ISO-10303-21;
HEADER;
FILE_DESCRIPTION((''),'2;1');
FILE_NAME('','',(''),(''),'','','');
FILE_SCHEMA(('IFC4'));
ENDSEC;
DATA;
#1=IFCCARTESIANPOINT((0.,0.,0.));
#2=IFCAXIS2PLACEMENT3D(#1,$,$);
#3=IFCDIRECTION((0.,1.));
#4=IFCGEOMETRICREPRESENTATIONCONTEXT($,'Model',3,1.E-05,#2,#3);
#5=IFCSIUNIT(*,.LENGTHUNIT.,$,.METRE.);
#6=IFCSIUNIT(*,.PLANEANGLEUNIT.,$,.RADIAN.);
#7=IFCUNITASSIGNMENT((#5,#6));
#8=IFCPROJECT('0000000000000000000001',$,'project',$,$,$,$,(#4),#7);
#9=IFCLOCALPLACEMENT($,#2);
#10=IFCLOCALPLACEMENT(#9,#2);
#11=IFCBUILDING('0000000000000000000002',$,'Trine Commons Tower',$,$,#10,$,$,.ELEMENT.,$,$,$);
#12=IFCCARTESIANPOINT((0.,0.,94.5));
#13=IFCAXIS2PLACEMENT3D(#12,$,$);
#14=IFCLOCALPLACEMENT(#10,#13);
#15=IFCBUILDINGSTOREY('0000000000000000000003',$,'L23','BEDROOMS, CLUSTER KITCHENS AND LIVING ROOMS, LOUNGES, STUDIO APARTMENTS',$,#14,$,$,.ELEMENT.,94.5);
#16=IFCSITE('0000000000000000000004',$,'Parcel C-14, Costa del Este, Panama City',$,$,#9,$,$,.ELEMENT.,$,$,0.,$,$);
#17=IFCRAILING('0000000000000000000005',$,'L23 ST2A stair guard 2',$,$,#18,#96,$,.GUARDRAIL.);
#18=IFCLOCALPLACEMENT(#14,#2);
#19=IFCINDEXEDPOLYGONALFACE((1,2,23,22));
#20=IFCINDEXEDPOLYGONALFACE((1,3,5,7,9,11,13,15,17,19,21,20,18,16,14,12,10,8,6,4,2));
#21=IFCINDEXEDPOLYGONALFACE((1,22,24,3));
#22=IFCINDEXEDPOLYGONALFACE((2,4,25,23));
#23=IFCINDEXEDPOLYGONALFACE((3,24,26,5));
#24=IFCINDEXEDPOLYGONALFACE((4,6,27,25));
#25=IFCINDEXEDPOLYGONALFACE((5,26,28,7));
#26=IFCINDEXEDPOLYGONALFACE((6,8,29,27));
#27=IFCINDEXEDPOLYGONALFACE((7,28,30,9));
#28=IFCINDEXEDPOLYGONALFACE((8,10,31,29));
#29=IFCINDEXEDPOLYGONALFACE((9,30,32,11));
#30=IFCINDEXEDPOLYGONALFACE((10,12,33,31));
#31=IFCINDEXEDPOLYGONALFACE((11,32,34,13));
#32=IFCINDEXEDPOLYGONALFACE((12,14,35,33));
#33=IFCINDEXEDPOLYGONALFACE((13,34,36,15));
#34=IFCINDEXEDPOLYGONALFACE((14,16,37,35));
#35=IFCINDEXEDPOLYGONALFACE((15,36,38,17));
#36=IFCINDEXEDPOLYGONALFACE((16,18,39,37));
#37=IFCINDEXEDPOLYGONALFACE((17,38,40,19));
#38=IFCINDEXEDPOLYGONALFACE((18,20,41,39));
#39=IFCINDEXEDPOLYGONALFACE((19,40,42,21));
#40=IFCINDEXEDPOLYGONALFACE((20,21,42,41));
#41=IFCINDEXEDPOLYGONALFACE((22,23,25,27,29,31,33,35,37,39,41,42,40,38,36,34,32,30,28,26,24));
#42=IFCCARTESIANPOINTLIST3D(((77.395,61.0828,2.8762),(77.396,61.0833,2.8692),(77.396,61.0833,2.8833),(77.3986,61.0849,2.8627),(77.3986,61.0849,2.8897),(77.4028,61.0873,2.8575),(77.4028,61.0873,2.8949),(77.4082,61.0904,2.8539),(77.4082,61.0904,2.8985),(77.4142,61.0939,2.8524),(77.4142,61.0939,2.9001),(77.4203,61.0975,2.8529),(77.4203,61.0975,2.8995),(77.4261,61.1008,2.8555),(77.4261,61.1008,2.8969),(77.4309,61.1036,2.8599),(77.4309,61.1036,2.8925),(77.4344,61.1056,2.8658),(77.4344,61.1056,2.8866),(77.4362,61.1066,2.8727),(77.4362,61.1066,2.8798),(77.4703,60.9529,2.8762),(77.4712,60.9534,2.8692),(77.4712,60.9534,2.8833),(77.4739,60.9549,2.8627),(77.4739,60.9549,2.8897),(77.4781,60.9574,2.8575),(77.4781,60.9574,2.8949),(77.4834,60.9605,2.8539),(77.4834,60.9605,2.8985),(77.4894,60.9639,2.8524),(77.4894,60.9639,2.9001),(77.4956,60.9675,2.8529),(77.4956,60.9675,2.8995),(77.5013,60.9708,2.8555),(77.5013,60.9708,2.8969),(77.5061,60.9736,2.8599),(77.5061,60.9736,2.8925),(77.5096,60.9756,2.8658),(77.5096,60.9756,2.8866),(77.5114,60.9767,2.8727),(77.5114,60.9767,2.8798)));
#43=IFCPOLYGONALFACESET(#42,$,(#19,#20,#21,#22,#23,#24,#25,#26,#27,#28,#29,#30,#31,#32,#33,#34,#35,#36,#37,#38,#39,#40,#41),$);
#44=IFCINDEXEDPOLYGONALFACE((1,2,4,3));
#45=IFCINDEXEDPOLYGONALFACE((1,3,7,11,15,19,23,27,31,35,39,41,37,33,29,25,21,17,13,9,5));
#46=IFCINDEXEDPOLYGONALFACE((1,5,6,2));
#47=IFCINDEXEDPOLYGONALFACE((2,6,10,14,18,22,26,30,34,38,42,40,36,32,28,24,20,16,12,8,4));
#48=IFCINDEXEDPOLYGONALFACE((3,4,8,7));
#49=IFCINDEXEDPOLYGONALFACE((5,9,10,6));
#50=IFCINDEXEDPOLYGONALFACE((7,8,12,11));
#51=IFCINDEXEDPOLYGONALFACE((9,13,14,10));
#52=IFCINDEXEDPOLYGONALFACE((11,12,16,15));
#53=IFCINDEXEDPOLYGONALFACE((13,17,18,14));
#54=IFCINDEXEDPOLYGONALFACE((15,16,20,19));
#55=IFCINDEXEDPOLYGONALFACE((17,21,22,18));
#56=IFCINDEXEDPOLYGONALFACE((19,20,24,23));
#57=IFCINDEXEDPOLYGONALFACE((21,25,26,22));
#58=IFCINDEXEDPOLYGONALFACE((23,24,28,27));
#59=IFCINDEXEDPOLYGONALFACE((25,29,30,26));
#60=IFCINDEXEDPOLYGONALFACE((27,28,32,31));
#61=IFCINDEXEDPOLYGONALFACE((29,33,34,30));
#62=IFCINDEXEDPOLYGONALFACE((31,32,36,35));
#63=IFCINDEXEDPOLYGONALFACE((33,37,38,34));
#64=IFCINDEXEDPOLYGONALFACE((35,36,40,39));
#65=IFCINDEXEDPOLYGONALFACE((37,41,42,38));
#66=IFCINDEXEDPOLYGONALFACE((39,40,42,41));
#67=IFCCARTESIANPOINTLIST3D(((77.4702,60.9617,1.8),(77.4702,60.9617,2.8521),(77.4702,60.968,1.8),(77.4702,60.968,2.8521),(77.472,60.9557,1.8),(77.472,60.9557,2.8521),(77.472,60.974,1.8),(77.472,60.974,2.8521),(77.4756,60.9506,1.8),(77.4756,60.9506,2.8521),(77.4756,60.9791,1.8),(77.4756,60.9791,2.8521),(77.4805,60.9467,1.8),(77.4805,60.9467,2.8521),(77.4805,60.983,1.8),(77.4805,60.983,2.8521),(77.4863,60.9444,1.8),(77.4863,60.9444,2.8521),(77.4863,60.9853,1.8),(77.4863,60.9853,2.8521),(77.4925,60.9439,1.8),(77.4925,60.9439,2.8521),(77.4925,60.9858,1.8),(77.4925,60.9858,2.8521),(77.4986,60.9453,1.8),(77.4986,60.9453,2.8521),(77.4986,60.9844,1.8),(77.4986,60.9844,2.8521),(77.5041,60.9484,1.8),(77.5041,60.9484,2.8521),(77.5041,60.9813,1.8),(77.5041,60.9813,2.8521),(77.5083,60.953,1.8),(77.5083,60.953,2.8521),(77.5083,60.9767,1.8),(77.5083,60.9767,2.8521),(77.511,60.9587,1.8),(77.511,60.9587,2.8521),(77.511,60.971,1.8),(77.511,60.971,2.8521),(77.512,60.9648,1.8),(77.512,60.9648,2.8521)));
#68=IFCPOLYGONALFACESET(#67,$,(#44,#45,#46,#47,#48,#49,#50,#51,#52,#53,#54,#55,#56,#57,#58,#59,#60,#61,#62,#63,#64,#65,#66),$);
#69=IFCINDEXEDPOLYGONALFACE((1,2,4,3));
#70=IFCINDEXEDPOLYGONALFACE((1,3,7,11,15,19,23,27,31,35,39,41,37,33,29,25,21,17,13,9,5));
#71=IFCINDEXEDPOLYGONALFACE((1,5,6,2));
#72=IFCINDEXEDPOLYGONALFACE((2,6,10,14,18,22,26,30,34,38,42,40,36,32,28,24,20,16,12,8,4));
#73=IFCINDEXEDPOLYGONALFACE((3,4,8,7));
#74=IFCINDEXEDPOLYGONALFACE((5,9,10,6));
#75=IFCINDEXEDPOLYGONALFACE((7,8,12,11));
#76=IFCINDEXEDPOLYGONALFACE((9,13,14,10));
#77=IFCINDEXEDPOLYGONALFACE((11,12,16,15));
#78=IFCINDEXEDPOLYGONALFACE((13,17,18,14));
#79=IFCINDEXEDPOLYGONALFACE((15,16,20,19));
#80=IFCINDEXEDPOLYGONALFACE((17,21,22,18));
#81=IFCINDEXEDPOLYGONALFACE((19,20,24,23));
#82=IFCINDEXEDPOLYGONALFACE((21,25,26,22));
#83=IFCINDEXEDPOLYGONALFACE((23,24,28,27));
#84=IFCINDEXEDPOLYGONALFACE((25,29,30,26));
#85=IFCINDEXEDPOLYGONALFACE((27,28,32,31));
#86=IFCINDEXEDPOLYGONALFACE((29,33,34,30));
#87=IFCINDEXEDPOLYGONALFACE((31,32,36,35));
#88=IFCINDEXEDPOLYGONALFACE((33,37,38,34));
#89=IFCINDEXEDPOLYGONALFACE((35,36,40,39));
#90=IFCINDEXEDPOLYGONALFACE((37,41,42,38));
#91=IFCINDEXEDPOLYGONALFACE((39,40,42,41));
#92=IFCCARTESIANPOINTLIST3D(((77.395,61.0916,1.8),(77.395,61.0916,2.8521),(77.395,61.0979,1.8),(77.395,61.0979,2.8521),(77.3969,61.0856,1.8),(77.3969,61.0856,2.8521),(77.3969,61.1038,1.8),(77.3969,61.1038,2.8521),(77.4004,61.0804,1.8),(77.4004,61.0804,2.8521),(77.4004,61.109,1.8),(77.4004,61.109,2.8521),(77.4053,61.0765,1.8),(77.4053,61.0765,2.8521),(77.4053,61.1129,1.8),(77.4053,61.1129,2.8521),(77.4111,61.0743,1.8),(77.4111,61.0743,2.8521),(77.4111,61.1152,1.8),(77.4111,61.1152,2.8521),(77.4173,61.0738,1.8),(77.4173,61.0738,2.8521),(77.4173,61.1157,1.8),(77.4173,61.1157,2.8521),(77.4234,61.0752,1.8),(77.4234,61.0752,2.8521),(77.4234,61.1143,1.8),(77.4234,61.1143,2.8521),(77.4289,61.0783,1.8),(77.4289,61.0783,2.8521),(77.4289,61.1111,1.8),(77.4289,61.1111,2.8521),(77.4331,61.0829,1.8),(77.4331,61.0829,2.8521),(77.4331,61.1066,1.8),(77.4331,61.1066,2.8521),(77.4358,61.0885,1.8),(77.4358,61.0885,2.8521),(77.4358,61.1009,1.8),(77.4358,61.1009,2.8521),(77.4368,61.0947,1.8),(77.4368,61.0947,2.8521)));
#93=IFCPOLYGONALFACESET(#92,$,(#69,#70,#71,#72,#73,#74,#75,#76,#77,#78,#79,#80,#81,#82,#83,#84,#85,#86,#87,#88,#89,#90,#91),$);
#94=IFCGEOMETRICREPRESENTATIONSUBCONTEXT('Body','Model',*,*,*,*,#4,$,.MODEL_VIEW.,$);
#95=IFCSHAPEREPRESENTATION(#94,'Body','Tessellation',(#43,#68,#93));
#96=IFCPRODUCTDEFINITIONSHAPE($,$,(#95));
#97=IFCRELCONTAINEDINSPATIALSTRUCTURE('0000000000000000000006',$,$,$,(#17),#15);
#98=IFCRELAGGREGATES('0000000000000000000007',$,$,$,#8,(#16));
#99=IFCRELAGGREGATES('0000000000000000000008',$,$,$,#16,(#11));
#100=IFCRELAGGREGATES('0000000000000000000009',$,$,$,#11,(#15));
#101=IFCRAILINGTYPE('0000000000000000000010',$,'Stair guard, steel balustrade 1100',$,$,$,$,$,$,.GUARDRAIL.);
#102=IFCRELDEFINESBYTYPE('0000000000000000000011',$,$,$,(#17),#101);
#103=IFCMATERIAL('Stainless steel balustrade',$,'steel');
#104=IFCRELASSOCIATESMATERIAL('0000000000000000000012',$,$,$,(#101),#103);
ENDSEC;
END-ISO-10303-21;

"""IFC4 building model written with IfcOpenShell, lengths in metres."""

from ifc_helpers import new_model, si_unit, direction, frame, origin, origin_2d, place, context, subcontext, project, spatial, circle, extrude, material, type_object, element, save


model = new_model("IFC4")

# Units and contexts
model_context = context("Model", 3, precision=1e-05, world=origin(), true_north=direction((0.0, 1.0)))
body_context = subcontext(model_context, "Body", "Model", "MODEL_VIEW")
ifc_project = project(units=[si_unit("LENGTHUNIT", "METRE"), si_unit("PLANEANGLEUNIT", "RADIAN")], contexts=[model_context])

# Site, building, storey
site_placement = place(None, origin())
site = spatial("IfcSite", under=ifc_project, at=site_placement, Name="Parcel C-14, Costa del Este, Panama City", CompositionType="ELEMENT", RefElevation=0.0)
building_placement = place(site_placement, origin())
building = spatial("IfcBuilding", under=site, at=building_placement, Name="Trine Commons Tower", CompositionType="ELEMENT")
storey_placement = place(building_placement, frame((0.0, 0.0, 94.5)))
storey = spatial("IfcBuildingStorey", under=building, at=storey_placement, Name="L23", Description="BEDROOMS, CLUSTER KITCHENS AND LIVING ROOMS, LOUNGES, STUDIO APARTMENTS", CompositionType="ELEMENT", Elevation=94.5)

# Railing
ifc_material_1 = material(Name="Stainless steel balustrade", Category="steel")
railing_type_1 = type_object("IfcRailingType", Name="Stair guard, steel balustrade 1100", PredefinedType="GUARDRAIL", material=ifc_material_1)
railing_1_placement = place(storey_placement, frame((77.491, 60.9648, 1.8)))
element("IfcRailing", 1, at=railing_1_placement, inside=storey, type_object=railing_type_1, Name="L23 ST2A stair guard 2", PredefinedType="GUARDRAIL", context=body_context, shape_type="SweptSolid", body=[
    extrude(circle(Radius=0.0239, at=origin_2d()), frame((0.0, 0.0, 1.0762), z_axis=(-0.501036, 0.865426, 0.0), x_axis=(-0.865426, -0.501036, 0.0)), (0.0, 0.0, 1.0), 0.1501),
    extrude(circle(Radius=0.021, at=origin_2d()), origin(), (0.0, 0.0, 1.0), 1.052),
    extrude(circle(Radius=0.021, at=origin_2d()), frame((-0.0752, 0.1299, 0.0)), (0.0, 0.0, 1.0), 1.052),
])

save(model, "model.ifc")
